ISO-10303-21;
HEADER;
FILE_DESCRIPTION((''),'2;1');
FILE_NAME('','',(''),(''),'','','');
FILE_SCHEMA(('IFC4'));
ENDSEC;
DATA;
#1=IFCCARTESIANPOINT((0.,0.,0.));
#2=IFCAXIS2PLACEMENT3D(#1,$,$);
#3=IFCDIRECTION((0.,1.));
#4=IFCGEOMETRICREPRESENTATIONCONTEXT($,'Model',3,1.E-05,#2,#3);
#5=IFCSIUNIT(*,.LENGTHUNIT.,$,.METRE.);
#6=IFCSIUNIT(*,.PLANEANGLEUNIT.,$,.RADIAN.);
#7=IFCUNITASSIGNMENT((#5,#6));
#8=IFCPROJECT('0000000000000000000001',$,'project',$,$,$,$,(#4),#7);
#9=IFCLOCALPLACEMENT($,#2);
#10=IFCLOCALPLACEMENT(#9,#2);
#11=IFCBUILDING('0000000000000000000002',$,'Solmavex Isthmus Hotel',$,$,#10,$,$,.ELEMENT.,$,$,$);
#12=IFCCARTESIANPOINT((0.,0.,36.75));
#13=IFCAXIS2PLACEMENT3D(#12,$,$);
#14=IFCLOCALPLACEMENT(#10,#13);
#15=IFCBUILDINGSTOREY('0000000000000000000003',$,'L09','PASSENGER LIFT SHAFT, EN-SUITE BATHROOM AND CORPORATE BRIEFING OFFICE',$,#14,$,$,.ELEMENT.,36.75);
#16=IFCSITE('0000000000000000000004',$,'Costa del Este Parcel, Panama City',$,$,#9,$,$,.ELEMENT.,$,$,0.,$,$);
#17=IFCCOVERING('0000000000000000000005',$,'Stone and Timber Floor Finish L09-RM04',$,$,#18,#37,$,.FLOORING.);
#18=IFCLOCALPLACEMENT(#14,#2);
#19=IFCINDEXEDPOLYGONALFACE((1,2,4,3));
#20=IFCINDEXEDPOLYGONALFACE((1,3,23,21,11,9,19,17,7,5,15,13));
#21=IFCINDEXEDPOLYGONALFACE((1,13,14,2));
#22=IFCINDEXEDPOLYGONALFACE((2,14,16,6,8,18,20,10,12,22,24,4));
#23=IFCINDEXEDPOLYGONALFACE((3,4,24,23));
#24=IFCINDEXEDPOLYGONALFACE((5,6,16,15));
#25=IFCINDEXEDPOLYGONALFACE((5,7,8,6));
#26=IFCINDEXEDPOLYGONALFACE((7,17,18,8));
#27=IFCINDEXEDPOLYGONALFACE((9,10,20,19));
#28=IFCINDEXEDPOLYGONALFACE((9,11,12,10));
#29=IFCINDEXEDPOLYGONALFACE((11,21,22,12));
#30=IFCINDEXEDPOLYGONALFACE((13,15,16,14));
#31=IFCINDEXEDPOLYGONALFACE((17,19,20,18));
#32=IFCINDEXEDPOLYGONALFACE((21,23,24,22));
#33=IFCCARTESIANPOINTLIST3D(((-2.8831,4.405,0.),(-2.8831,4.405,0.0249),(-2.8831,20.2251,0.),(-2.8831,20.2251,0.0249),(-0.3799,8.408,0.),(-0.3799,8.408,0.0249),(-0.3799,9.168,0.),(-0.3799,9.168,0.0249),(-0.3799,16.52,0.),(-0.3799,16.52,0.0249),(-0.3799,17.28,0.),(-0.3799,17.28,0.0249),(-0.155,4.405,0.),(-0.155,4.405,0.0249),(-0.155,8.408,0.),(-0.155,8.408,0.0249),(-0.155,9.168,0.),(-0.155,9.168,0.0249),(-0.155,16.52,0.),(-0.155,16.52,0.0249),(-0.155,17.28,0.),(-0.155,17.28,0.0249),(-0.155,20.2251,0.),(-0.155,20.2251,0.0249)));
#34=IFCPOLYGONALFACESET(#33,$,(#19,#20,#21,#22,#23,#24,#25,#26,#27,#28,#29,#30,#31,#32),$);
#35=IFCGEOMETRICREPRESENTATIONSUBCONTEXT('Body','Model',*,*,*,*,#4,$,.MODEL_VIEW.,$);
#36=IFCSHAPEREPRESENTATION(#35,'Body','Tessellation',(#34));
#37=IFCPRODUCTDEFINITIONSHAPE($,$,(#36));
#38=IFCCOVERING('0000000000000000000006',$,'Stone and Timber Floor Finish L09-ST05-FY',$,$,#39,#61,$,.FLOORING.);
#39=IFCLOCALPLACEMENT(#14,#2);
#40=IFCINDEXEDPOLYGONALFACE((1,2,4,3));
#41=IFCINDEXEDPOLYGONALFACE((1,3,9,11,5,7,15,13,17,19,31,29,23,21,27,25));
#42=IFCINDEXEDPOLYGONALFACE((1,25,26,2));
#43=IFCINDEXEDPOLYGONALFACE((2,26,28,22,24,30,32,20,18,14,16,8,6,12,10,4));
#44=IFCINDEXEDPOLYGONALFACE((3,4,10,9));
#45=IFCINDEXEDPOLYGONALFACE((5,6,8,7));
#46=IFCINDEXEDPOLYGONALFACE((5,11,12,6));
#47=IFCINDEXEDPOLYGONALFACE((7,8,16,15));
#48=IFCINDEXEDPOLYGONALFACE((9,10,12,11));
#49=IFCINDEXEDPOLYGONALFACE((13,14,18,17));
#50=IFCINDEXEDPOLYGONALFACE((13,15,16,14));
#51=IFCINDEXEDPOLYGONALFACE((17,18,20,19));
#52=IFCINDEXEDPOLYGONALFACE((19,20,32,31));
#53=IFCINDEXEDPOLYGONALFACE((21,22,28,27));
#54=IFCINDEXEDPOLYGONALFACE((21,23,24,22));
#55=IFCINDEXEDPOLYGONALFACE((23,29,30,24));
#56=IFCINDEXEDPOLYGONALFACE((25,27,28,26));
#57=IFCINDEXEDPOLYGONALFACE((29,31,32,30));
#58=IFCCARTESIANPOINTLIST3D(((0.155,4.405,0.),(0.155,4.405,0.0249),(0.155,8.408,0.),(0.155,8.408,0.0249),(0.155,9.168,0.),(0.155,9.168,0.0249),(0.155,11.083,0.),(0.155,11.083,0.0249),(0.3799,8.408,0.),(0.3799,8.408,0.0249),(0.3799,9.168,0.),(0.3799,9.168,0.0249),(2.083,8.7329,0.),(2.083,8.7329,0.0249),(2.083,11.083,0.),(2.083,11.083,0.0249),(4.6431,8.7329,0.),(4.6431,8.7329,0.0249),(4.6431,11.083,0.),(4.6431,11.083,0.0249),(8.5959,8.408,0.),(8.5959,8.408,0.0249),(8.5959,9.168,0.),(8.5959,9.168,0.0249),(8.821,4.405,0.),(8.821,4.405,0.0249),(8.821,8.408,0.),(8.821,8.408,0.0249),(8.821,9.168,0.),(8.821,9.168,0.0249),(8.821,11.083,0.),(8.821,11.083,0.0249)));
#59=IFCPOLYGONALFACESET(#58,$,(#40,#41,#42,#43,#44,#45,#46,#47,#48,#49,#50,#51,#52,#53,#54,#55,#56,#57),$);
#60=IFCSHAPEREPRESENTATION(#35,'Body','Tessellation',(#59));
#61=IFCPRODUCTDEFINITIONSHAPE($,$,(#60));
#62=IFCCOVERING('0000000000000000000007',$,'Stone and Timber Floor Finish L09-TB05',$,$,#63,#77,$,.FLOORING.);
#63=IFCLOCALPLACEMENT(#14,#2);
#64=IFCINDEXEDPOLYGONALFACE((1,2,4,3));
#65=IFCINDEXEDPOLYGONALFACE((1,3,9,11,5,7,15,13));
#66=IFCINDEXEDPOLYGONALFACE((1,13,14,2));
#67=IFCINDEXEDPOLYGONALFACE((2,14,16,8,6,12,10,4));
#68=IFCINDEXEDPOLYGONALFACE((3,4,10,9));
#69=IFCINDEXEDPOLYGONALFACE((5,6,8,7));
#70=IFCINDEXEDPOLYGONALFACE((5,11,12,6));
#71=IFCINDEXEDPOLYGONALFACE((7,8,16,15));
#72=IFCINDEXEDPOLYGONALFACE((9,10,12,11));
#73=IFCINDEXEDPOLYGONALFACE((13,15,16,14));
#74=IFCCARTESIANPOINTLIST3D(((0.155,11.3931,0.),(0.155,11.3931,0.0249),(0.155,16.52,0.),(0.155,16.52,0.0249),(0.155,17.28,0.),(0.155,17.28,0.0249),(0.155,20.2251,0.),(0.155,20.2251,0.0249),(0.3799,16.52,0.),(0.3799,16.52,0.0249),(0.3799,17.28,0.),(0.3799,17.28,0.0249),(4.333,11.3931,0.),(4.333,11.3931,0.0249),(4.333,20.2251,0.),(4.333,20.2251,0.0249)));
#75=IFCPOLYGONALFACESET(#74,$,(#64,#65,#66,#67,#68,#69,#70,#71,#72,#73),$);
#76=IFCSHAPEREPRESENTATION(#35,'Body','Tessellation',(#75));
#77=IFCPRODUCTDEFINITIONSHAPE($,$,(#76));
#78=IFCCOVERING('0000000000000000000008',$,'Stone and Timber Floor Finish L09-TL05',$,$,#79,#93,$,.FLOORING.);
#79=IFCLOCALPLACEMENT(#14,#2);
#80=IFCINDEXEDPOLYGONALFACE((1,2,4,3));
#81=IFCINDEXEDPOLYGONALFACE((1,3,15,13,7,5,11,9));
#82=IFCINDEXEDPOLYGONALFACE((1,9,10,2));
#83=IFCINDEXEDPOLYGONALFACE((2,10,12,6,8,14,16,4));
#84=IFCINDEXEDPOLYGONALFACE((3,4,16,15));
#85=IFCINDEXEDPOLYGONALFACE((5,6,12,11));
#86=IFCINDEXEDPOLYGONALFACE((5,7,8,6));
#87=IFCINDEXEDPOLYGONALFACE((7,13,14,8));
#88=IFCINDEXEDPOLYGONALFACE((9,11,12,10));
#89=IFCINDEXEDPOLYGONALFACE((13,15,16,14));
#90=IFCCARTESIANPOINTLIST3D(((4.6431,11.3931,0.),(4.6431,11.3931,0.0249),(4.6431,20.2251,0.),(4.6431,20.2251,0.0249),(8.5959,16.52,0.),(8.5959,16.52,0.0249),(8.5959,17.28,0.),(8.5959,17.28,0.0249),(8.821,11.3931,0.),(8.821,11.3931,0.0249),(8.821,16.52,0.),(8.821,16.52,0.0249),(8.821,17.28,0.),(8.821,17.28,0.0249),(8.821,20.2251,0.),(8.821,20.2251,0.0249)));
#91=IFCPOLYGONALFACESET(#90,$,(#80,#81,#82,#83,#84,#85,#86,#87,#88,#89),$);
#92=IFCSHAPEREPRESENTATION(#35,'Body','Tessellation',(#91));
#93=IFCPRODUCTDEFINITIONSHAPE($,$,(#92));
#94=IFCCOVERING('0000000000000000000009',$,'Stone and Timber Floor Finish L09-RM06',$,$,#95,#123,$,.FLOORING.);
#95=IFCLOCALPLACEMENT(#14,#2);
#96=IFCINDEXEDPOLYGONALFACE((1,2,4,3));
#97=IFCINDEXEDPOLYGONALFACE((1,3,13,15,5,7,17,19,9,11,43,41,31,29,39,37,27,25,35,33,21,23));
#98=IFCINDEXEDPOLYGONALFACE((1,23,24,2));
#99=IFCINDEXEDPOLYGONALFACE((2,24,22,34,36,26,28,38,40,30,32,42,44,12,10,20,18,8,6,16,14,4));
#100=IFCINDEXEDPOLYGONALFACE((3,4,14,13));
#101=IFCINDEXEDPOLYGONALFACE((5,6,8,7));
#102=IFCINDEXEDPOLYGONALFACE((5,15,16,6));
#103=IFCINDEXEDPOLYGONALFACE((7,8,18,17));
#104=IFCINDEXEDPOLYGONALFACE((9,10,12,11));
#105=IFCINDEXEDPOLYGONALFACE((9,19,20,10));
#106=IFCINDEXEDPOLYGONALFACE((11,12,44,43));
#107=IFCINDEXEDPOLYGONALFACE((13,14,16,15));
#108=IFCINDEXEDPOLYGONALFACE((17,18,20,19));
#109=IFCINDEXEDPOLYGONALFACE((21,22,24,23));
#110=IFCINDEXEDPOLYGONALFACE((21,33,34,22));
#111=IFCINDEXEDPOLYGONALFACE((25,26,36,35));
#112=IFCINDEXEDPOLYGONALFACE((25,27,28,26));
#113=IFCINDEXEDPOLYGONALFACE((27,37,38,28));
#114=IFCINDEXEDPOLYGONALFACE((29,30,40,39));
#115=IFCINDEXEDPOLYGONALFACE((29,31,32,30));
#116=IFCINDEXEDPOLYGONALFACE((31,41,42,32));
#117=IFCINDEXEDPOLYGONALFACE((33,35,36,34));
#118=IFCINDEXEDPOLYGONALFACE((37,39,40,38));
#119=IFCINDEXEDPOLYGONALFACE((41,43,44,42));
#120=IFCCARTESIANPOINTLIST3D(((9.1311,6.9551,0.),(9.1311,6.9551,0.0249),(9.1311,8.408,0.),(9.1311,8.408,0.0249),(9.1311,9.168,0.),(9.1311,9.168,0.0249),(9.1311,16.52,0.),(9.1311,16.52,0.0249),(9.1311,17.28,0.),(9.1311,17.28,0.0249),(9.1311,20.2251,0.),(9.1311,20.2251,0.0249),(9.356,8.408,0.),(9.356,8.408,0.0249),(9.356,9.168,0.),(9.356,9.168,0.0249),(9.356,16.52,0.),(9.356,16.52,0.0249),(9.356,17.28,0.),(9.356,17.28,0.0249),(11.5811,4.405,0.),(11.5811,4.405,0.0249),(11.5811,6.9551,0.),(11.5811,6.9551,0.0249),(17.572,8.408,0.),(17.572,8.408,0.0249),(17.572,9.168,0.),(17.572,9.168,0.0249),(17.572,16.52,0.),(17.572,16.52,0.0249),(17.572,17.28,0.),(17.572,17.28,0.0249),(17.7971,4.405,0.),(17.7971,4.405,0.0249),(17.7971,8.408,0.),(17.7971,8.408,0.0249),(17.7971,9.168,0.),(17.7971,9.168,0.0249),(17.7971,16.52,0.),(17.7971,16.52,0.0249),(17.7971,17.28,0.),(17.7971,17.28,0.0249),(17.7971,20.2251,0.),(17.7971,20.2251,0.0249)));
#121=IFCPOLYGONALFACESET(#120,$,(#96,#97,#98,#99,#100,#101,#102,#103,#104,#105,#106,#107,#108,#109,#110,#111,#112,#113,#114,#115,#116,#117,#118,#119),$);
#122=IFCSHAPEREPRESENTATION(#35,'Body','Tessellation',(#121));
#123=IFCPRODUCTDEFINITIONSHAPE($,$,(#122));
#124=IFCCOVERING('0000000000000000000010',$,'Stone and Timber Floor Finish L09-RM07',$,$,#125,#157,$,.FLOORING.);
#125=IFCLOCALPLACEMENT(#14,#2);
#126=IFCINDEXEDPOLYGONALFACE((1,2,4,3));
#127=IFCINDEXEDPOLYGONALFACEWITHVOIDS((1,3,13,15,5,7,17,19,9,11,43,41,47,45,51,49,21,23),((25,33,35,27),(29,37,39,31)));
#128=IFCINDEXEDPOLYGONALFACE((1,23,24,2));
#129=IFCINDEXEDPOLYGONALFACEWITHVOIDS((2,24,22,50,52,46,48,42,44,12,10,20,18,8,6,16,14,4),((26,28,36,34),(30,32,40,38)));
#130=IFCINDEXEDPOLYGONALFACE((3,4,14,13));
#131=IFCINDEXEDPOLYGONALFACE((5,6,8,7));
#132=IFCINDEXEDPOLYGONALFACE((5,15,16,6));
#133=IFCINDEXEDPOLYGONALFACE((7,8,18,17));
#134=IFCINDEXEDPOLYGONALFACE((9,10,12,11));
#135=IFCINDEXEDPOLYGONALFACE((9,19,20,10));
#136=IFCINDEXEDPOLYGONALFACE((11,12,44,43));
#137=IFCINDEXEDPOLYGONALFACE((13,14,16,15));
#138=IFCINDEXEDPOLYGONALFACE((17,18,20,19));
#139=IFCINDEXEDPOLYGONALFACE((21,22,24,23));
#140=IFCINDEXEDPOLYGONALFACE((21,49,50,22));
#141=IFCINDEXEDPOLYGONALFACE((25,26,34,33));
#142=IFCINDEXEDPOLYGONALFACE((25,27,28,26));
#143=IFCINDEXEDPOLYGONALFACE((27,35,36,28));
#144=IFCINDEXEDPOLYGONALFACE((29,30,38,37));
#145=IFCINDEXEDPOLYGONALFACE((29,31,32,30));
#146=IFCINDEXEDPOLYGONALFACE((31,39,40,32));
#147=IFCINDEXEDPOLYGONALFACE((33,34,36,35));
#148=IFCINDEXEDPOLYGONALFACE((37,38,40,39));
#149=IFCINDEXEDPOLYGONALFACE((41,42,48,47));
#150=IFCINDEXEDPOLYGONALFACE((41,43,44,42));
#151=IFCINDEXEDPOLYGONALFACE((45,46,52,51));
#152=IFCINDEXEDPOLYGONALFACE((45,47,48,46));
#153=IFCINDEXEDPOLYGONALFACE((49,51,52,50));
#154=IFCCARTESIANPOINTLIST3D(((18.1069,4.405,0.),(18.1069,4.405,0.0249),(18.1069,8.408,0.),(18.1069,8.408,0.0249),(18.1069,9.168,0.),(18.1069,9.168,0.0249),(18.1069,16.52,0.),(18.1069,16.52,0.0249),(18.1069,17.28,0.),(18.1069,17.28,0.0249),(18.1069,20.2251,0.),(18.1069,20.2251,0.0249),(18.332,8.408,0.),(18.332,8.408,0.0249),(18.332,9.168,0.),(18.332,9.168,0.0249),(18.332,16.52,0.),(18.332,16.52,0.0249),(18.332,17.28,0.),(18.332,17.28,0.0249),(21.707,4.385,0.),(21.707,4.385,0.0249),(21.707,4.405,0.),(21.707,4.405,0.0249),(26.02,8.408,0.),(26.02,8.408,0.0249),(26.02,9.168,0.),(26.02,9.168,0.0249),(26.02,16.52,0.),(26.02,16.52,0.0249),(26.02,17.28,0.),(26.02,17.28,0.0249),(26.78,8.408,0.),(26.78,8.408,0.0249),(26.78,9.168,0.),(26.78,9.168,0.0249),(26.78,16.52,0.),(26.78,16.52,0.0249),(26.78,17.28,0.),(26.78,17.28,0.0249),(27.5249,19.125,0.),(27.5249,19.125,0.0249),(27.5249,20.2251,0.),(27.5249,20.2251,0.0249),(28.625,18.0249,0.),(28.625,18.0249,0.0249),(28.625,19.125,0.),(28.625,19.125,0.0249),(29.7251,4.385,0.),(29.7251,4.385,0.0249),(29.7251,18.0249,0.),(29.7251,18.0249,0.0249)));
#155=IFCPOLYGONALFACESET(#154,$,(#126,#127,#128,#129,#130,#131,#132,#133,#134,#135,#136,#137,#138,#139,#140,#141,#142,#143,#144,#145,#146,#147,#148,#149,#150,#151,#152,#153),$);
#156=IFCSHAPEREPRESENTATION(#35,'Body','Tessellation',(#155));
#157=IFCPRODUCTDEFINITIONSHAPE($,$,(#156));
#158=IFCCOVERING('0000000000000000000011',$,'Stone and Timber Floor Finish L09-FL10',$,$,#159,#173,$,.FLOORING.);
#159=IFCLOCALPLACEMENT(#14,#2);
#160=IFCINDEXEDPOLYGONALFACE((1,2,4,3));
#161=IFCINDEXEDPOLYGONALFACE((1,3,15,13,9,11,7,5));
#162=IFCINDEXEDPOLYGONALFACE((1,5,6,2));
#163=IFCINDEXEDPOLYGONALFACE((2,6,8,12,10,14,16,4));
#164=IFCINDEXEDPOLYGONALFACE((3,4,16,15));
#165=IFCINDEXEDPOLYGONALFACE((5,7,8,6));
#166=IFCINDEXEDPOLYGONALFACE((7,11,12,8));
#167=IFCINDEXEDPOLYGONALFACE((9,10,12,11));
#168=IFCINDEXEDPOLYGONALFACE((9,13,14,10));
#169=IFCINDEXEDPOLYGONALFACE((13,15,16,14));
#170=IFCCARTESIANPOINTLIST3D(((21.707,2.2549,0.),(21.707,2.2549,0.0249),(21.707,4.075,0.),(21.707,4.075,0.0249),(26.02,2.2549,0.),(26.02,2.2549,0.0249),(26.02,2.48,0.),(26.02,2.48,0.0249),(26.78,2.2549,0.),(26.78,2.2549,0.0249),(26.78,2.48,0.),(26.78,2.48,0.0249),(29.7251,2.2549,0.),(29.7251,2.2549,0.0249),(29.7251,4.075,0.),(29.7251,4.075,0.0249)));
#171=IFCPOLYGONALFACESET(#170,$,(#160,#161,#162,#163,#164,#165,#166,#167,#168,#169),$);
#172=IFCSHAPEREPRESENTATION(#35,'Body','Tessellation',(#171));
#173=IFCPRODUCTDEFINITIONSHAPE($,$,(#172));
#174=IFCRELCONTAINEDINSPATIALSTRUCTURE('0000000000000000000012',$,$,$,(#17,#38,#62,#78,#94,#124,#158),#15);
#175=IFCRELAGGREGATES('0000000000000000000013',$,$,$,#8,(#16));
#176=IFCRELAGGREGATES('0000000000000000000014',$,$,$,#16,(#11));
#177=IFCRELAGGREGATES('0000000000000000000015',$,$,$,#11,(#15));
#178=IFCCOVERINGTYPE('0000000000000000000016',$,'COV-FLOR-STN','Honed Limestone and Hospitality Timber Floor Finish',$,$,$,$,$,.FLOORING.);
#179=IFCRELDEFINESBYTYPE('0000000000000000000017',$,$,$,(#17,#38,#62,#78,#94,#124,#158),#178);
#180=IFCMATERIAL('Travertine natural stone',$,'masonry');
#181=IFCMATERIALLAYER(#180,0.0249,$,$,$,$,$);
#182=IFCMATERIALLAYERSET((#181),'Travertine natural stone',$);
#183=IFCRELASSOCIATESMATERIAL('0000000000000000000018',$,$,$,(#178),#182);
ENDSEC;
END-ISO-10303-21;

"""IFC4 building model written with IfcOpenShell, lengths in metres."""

from ifc_helpers import new_model, si_unit, direction, frame, origin, place, context, subcontext, project, spatial, polyline, outline, extrude, material, layer, layer_set, type_object, element, save


model = new_model("IFC4")

# Units and contexts
model_context = context("Model", 3, precision=1e-05, world=origin(), true_north=direction((0.0, 1.0)))
body_context = subcontext(model_context, "Body", "Model", "MODEL_VIEW")
ifc_project = project(units=[si_unit("LENGTHUNIT", "METRE"), si_unit("PLANEANGLEUNIT", "RADIAN")], contexts=[model_context])

# Site, building, storey
site_placement = place(None, origin())
site = spatial("IfcSite", under=ifc_project, at=site_placement, Name="Costa del Este Parcel, Panama City", CompositionType="ELEMENT", RefElevation=0.0)
building_placement = place(site_placement, origin())
building = spatial("IfcBuilding", under=site, at=building_placement, Name="Solmavex Isthmus Hotel", CompositionType="ELEMENT")
storey_placement = place(building_placement, frame((0.0, 0.0, 36.75)))
storey = spatial("IfcBuildingStorey", under=building, at=storey_placement, Name="L09", Description="PASSENGER LIFT SHAFT, EN-SUITE BATHROOM AND CORPORATE BRIEFING OFFICE", CompositionType="ELEMENT", Elevation=36.75)

# Coverings
ifc_material_1 = material(Name="Travertine natural stone", Category="masonry")
ifc_layer_1 = layer(ifc_material_1, 0.0249)
ifc_layer_set_1 = layer_set([ifc_layer_1], Name="Travertine natural stone")
covering_type_1 = type_object("IfcCoveringType", Name="COV-FLOR-STN", Description="Honed Limestone and Hospitality Timber Floor Finish", PredefinedType="FLOORING", material=ifc_layer_set_1)
covering_1_placement = place(storey_placement, origin())
element("IfcCovering", 1, at=covering_1_placement, inside=storey, type_object=covering_type_1, Name="Stone and Timber Floor Finish L09-RM04", PredefinedType="FLOORING", context=body_context, shape_type="SweptSolid", body=[
    extrude(outline(polyline([(-0.155, 16.52), (-0.3799, 16.52), (-0.3799, 17.28), (-0.155, 17.28), (-0.155, 20.2251), (-2.8831, 20.2251), (-2.8831, 4.405), (-0.155, 4.405), (-0.155, 8.408), (-0.3799, 8.408), (-0.3799, 9.168), (-0.155, 9.168), (-0.155, 16.52)])), origin(), (0.0, 0.0, 1.0), 0.0249),
])
covering_2_placement = place(storey_placement, origin())
element("IfcCovering", 2, at=covering_2_placement, inside=storey, type_object=covering_type_1, Name="Stone and Timber Floor Finish L09-ST05-FY", PredefinedType="FLOORING", context=body_context, shape_type="SweptSolid", body=[
    extrude(outline(polyline([(8.821, 8.408), (8.5959, 8.408), (8.5959, 9.168), (8.821, 9.168), (8.821, 11.083), (4.6431, 11.083), (4.6431, 8.7329), (2.083, 8.7329), (2.083, 11.083), (0.155, 11.083), (0.155, 9.168), (0.3799, 9.168), (0.3799, 8.408), (0.155, 8.408), (0.155, 4.405), (8.821, 4.405), (8.821, 8.408)])), origin(), (0.0, 0.0, 1.0), 0.0249),
])
covering_3_placement = place(storey_placement, origin())
element("IfcCovering", 3, at=covering_3_placement, inside=storey, type_object=covering_type_1, Name="Stone and Timber Floor Finish L09-TB05", PredefinedType="FLOORING", context=body_context, shape_type="SweptSolid", body=[
    extrude(outline(polyline([(0.155, 17.28), (0.3799, 17.28), (0.3799, 16.52), (0.155, 16.52), (0.155, 11.3931), (4.333, 11.3931), (4.333, 20.2251), (0.155, 20.2251), (0.155, 17.28)])), origin(), (0.0, 0.0, 1.0), 0.0249),
])
covering_4_placement = place(storey_placement, origin())
element("IfcCovering", 4, at=covering_4_placement, inside=storey, type_object=covering_type_1, Name="Stone and Timber Floor Finish L09-TL05", PredefinedType="FLOORING", context=body_context, shape_type="SweptSolid", body=[
    extrude(outline(polyline([(8.821, 16.52), (8.5959, 16.52), (8.5959, 17.28), (8.821, 17.28), (8.821, 20.2251), (4.6431, 20.2251), (4.6431, 11.3931), (8.821, 11.3931), (8.821, 16.52)])), origin(), (0.0, 0.0, 1.0), 0.0249),
])
covering_5_placement = place(storey_placement, origin())
element("IfcCovering", 5, at=covering_5_placement, inside=storey, type_object=covering_type_1, Name="Stone and Timber Floor Finish L09-RM06", PredefinedType="FLOORING", context=body_context, shape_type="SweptSolid", body=[
    extrude(outline(polyline([(9.1311, 9.168), (9.356, 9.168), (9.356, 8.408), (9.1311, 8.408), (9.1311, 6.9551), (11.5811, 6.9551), (11.5811, 4.405), (17.7971, 4.405), (17.7971, 8.408), (17.572, 8.408), (17.572, 9.168), (17.7971, 9.168), (17.7971, 16.52), (17.572, 16.52), (17.572, 17.28), (17.7971, 17.28), (17.7971, 20.2251), (9.1311, 20.2251), (9.1311, 17.28), (9.356, 17.28), (9.356, 16.52), (9.1311, 16.52), (9.1311, 9.168)])), origin(), (0.0, 0.0, 1.0), 0.0249),
])
covering_6_placement = place(storey_placement, origin())
element("IfcCovering", 6, at=covering_6_placement, inside=storey, type_object=covering_type_1, Name="Stone and Timber Floor Finish L09-RM07", PredefinedType="FLOORING", context=body_context, shape_type="SweptSolid", body=[
    extrude(outline(polyline([(18.1069, 9.168), (18.332, 9.168), (18.332, 8.408), (18.1069, 8.408), (18.1069, 4.405), (21.707, 4.405), (21.707, 4.385), (29.7251, 4.385), (29.7251, 18.0249), (28.625, 18.0249), (28.625, 19.125), (27.5249, 19.125), (27.5249, 20.2251), (18.1069, 20.2251), (18.1069, 17.28), (18.332, 17.28), (18.332, 16.52), (18.1069, 16.52), (18.1069, 9.168)]), holes=[polyline([(26.02, 8.408), (26.02, 9.168), (26.78, 9.168), (26.78, 8.408), (26.02, 8.408)]), polyline([(26.02, 16.52), (26.02, 17.28), (26.78, 17.28), (26.78, 16.52), (26.02, 16.52)])]), origin(), (0.0, 0.0, 1.0), 0.0249),
])
covering_7_placement = place(storey_placement, origin())
element("IfcCovering", 7, at=covering_7_placement, inside=storey, type_object=covering_type_1, Name="Stone and Timber Floor Finish L09-FL10", PredefinedType="FLOORING", context=body_context, shape_type="SweptSolid", body=[
    extrude(outline(polyline([(26.02, 2.2549), (26.02, 2.48), (26.78, 2.48), (26.78, 2.2549), (29.7251, 2.2549), (29.7251, 4.075), (21.707, 4.075), (21.707, 2.2549), (26.02, 2.2549)])), origin(), (0.0, 0.0, 1.0), 0.0249),
])

save(model, "model.ifc")
